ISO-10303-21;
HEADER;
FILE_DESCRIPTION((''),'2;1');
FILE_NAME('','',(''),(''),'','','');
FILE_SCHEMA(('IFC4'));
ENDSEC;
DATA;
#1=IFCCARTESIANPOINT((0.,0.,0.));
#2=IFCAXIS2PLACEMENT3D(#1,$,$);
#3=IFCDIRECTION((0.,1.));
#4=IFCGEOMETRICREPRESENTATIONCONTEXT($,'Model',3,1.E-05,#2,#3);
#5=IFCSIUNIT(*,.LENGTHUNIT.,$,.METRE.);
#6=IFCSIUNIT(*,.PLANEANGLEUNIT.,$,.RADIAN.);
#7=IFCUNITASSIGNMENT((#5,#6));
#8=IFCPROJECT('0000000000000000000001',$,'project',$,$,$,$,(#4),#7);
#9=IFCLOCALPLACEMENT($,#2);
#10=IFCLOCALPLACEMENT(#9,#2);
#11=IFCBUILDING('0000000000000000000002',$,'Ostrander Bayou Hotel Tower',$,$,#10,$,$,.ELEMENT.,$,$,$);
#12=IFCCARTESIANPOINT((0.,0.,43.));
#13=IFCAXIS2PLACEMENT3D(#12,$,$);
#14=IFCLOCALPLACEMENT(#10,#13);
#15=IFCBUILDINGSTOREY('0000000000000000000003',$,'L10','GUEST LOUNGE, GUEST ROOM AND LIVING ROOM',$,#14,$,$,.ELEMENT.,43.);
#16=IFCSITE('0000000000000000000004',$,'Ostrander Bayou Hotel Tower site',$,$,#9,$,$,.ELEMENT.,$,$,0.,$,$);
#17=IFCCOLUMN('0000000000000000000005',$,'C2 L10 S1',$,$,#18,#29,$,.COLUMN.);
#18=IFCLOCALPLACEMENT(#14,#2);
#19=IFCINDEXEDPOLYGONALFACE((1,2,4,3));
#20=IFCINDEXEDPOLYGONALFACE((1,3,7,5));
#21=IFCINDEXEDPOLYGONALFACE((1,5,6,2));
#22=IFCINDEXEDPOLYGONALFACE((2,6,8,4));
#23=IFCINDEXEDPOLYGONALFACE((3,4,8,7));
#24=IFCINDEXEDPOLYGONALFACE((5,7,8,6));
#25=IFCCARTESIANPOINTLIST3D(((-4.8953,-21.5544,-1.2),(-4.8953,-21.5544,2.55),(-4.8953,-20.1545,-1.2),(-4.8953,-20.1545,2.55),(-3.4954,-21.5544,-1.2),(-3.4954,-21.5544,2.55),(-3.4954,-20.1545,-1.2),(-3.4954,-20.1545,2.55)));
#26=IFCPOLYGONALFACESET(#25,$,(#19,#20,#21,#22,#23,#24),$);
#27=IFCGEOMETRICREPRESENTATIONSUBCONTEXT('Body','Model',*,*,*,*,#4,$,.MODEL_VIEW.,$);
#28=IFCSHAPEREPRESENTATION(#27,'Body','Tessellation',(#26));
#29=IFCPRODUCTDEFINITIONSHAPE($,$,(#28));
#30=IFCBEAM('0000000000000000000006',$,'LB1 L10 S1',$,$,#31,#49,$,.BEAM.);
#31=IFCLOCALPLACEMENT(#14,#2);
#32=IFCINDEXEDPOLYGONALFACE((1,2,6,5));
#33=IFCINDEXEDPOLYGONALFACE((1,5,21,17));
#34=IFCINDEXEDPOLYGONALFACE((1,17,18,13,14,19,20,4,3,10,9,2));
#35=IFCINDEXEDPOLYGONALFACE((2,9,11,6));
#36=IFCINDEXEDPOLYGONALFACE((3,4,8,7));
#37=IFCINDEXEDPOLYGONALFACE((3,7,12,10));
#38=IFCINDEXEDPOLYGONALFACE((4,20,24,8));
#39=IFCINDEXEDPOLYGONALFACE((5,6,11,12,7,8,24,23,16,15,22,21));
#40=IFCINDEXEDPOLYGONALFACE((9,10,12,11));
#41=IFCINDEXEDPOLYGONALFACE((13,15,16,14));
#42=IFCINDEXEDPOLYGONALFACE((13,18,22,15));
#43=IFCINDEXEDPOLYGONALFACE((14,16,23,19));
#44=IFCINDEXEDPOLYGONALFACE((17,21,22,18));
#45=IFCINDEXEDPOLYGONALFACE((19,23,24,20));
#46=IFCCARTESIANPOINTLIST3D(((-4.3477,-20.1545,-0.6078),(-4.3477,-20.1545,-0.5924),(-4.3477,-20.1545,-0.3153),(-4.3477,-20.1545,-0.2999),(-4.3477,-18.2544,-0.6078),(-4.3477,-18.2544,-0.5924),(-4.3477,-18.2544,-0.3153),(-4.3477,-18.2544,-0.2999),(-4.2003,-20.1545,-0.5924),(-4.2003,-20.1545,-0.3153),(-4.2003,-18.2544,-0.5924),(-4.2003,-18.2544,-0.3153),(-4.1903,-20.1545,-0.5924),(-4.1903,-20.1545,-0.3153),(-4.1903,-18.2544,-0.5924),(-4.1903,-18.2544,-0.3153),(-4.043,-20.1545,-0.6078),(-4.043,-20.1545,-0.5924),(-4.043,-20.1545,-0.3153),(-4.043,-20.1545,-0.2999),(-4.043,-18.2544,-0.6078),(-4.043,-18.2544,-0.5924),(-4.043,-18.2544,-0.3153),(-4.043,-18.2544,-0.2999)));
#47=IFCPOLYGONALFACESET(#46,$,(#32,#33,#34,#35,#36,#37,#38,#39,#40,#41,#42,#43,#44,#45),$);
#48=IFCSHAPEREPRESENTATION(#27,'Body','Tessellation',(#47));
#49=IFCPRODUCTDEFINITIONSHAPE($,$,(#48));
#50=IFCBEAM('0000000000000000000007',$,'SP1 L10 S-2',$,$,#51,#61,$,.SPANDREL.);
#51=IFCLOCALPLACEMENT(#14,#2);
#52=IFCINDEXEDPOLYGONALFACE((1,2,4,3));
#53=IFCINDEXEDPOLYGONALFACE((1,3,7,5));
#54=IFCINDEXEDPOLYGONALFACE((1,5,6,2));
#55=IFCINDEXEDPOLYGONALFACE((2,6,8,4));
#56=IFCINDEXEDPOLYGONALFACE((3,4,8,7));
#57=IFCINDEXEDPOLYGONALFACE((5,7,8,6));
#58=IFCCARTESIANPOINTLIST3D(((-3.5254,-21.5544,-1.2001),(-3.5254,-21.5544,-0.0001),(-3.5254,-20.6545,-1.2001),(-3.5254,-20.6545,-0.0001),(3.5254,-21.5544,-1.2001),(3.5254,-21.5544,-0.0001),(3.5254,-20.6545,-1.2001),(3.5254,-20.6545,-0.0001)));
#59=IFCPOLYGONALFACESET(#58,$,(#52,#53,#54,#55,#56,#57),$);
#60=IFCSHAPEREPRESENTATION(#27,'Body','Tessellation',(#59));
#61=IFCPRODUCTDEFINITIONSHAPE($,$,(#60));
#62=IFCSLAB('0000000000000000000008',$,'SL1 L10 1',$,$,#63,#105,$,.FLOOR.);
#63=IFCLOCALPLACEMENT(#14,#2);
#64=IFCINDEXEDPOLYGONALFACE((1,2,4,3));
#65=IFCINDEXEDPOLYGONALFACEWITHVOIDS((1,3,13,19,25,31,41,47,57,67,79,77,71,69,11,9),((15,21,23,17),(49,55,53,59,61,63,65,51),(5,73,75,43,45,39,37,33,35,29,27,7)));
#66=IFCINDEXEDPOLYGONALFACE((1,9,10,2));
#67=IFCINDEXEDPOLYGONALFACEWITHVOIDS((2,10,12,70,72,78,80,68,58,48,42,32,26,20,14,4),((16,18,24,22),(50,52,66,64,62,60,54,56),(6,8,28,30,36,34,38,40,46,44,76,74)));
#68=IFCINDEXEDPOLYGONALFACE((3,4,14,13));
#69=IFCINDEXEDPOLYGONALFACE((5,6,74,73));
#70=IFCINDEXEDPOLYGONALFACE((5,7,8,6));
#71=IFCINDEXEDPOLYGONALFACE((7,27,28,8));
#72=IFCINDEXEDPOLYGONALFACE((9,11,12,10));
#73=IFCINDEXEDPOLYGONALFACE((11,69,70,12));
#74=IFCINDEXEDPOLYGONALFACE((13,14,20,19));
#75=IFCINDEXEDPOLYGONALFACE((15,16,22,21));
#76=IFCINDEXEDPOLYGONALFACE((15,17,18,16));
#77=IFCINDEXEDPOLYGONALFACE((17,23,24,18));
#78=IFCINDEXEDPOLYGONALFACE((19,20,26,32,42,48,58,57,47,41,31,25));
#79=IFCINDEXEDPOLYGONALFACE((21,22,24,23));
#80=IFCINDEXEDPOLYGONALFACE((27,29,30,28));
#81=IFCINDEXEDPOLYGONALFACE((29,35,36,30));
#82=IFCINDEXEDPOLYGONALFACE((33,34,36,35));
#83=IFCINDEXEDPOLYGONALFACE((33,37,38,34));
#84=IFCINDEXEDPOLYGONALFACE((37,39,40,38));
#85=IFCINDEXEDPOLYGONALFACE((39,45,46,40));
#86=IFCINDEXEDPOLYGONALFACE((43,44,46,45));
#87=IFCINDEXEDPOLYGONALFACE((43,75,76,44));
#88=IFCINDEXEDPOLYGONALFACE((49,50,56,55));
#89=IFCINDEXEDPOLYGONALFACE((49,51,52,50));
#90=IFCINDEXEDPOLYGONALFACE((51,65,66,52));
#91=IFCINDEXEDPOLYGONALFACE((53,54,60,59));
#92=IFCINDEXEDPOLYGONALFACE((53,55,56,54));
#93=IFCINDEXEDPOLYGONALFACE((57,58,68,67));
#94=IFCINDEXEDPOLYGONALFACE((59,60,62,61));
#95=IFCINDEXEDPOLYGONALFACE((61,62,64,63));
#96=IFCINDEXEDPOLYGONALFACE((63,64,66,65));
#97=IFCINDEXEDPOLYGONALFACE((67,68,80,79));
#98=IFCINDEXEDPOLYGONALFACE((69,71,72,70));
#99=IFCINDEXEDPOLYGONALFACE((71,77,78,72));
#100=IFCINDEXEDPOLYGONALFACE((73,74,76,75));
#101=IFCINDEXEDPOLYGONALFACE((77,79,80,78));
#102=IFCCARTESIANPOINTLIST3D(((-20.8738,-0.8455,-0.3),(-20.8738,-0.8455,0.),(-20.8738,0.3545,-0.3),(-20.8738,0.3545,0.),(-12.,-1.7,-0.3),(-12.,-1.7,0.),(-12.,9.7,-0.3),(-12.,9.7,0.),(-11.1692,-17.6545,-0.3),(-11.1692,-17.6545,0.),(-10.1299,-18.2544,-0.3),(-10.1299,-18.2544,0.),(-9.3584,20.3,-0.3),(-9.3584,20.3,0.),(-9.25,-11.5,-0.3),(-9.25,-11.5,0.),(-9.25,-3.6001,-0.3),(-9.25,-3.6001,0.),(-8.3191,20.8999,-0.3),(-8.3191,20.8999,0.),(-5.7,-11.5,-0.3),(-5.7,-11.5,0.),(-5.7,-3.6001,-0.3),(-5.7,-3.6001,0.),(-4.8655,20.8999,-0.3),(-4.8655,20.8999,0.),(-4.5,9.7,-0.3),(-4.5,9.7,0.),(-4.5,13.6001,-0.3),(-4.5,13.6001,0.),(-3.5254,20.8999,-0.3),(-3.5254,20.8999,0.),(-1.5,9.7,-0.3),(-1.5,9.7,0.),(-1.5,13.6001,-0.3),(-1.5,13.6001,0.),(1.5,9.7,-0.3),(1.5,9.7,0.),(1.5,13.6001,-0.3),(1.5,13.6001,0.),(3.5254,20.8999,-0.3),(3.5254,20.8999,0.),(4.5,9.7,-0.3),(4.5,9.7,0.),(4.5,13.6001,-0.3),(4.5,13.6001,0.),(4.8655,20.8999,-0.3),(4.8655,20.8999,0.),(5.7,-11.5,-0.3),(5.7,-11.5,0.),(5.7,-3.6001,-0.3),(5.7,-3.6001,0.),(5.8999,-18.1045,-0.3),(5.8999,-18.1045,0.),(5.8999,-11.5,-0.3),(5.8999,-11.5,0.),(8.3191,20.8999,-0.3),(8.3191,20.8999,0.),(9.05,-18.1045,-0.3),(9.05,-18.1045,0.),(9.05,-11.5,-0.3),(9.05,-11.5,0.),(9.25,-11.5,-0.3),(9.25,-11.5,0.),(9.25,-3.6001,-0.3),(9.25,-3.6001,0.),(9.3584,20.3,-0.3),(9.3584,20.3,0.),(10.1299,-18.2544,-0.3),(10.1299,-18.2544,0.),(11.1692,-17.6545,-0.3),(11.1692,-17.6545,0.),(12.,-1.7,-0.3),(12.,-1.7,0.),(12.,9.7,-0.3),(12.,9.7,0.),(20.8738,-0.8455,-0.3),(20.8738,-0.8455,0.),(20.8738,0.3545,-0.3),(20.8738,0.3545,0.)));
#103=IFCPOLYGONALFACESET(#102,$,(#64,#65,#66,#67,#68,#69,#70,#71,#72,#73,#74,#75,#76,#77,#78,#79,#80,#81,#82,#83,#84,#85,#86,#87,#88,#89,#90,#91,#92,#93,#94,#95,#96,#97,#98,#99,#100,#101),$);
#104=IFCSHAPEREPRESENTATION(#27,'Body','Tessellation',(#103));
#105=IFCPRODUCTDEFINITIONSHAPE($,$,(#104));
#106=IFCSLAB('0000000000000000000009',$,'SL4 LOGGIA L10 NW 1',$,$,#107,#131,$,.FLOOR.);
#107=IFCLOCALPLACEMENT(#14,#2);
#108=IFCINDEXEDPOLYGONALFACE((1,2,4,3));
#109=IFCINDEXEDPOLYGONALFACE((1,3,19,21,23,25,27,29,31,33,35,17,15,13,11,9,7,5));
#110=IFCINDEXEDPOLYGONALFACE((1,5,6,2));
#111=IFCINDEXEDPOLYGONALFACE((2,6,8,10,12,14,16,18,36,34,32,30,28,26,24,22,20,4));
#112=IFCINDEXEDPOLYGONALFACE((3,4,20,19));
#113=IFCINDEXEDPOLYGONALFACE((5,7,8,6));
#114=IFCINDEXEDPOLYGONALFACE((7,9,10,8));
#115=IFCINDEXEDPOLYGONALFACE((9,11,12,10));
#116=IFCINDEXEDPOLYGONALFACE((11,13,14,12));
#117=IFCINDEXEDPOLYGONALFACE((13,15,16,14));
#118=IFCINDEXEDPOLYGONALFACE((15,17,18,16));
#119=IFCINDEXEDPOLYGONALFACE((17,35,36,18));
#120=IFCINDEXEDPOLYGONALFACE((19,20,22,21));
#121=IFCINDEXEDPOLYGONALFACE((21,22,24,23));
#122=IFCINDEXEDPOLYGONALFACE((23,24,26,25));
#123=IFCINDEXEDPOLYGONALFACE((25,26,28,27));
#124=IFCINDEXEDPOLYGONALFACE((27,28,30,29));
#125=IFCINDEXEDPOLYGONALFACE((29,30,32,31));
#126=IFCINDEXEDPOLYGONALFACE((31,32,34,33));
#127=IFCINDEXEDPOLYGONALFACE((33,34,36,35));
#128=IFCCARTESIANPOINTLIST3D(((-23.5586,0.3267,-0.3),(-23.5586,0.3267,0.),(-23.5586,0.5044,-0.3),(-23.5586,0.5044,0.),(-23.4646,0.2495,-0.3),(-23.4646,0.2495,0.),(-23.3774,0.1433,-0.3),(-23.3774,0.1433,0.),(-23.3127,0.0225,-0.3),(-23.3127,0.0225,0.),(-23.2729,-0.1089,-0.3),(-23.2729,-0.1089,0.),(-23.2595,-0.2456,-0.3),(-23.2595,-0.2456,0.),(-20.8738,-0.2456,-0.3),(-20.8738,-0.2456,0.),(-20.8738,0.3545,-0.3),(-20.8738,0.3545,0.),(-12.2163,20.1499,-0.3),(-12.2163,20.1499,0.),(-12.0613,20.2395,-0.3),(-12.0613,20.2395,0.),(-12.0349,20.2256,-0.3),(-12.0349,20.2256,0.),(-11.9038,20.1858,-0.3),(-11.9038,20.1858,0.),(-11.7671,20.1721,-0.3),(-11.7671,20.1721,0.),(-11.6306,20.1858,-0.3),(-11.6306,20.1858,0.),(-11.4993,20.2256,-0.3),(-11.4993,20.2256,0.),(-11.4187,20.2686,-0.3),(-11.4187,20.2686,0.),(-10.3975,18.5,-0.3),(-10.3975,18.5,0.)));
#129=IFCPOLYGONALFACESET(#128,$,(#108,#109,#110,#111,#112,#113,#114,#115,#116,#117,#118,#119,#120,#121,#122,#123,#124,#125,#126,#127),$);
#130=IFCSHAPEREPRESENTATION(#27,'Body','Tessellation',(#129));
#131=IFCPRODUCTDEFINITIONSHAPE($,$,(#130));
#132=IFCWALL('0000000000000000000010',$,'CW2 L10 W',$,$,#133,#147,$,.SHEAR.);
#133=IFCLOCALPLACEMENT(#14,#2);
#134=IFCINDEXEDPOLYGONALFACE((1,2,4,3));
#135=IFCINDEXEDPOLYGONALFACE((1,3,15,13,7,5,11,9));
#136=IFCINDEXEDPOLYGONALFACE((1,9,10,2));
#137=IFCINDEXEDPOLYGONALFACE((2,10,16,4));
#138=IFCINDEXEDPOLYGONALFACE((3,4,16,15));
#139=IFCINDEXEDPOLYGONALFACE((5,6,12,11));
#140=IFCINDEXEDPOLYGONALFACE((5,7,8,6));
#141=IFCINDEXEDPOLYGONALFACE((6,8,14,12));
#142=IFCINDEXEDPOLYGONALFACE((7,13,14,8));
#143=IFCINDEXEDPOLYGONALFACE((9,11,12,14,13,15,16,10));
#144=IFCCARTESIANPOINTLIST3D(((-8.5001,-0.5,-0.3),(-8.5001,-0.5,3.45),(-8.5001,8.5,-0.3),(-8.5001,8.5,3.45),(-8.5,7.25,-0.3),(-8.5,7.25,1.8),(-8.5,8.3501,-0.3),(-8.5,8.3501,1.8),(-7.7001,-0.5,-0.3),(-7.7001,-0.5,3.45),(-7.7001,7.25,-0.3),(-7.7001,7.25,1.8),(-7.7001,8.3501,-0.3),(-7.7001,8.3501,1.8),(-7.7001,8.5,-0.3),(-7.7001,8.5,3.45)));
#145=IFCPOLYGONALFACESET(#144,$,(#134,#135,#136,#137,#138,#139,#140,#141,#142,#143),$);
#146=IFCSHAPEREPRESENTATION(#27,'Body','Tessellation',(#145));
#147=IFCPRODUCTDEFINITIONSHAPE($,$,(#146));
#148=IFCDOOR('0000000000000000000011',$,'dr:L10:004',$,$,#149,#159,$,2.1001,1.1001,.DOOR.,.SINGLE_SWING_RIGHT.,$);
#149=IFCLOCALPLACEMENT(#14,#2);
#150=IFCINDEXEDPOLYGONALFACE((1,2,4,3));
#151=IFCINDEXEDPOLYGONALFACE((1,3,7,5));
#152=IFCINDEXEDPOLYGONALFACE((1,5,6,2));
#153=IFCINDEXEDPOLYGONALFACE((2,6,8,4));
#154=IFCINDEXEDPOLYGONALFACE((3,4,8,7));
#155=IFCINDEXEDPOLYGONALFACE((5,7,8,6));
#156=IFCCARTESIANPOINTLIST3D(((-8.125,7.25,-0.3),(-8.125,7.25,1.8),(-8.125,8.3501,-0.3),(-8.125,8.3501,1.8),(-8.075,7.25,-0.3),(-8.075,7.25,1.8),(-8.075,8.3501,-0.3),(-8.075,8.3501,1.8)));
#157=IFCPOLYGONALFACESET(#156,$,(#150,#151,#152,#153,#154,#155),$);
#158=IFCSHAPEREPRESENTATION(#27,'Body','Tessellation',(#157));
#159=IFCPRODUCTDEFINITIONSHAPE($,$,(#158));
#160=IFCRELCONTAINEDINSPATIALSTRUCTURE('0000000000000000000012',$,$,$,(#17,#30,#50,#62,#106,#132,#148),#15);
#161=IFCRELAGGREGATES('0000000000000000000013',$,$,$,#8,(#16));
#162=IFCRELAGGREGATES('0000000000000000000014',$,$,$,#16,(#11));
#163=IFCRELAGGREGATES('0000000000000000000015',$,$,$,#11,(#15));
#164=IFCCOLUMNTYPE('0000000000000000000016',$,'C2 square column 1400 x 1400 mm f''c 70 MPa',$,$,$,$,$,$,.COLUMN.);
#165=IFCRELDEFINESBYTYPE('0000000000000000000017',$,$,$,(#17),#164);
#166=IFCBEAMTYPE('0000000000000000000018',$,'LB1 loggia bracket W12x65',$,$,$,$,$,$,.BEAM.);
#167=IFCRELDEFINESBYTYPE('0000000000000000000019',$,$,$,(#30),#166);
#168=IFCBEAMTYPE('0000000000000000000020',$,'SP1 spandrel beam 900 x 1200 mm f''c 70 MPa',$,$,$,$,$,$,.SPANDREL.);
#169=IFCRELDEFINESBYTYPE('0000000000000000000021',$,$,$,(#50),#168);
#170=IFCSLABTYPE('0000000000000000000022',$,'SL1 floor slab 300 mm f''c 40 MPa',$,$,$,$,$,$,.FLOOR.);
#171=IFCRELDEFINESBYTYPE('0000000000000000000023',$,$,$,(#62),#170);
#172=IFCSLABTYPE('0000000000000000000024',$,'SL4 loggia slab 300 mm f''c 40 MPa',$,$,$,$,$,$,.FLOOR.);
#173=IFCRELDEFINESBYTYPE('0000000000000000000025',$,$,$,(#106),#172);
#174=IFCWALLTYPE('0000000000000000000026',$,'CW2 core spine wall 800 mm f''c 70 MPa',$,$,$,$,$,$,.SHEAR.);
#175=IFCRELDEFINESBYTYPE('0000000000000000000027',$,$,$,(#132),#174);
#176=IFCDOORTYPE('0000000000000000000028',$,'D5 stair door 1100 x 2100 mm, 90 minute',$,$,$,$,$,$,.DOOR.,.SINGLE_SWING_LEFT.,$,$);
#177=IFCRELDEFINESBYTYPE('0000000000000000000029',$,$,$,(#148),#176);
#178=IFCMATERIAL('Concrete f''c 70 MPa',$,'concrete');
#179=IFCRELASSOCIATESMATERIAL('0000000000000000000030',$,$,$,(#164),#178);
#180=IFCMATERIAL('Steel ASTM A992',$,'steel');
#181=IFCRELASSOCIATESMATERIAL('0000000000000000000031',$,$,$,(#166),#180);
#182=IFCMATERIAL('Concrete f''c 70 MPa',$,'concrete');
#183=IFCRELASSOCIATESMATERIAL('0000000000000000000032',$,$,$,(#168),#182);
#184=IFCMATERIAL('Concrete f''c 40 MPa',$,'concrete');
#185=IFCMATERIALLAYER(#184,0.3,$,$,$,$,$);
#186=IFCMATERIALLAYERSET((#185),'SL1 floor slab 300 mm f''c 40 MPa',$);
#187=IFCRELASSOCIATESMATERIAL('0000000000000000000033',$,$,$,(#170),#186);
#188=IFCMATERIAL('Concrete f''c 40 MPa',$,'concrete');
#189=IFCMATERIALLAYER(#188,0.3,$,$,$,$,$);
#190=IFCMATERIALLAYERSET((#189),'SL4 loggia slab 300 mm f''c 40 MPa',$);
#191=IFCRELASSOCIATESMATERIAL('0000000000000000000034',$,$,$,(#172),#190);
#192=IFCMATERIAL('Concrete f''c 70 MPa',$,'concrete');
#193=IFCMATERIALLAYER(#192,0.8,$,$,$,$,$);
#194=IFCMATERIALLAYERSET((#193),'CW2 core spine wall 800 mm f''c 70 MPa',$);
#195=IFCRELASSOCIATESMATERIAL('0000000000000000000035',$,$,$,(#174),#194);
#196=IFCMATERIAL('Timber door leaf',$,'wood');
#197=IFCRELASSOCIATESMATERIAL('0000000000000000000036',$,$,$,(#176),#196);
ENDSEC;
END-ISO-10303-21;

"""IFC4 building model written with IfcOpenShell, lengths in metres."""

from ifc_helpers import new_model, si_unit, direction, frame, frame_2d, origin, origin_2d, place, context, subcontext, project, spatial, polyline, rectangle, i_section, outline, extrude, material, layer, layer_set, material_profile, profile_set, type_object, element, fill, save


model = new_model("IFC4")

# Units and contexts
model_context = context("Model", 3, precision=1e-05, world=origin(), true_north=direction((0.0, 1.0)))
body_context = subcontext(model_context, "Body", "Model", "MODEL_VIEW")
ifc_project = project(units=[si_unit("LENGTHUNIT", "METRE"), si_unit("PLANEANGLEUNIT", "RADIAN")], contexts=[model_context])

# Site, building, storey
site_placement = place(None, origin())
site = spatial("IfcSite", under=ifc_project, at=site_placement, Name="Ostrander Bayou Hotel Tower site", CompositionType="ELEMENT", RefElevation=0.0)
building_placement = place(site_placement, origin())
building = spatial("IfcBuilding", under=site, at=building_placement, Name="Ostrander Bayou Hotel Tower", CompositionType="ELEMENT")
storey_placement = place(building_placement, frame((0.0, 0.0, 43.0)))
storey = spatial("IfcBuildingStorey", under=building, at=storey_placement, Name="L10", Description="GUEST LOUNGE, GUEST ROOM AND LIVING ROOM", CompositionType="ELEMENT", Elevation=43.0)

# Column
ifc_material_1 = material(Name="Concrete f'c 70 MPa", Category="concrete")
ifc_material_profile_1 = material_profile(ifc_material_1, rectangle(XDim=1.3999, YDim=1.3999, at=origin_2d()))
ifc_profile_set_1 = profile_set([ifc_material_profile_1], Name="Concrete f'c 70 MPa")
column_type = type_object("IfcColumnType", Name="C2 square column 1400 x 1400 mm f'c 70 MPa", PredefinedType="COLUMN", material=ifc_profile_set_1)
column_placement = place(storey_placement, frame((-4.1953, -20.8545, -1.2), z_axis=(0.0, 0.0, 1.0), x_axis=(-1.0, 0.0, 0.0)))
element("IfcColumn", 1, at=column_placement, inside=storey, type_object=column_type, Name="C2 L10 S1", PredefinedType="COLUMN", context=body_context, shape_type="SweptSolid", body=[
    extrude(rectangle(XDim=1.3999, YDim=1.3999, at=origin_2d()), origin(), (0.0, 0.0, 1.0), 3.75),
])

# Beams
ifc_material_2 = material(Name="Steel ASTM A992", Category="steel")
ifc_material_profile_2 = material_profile(ifc_material_2, i_section(OverallWidth=0.3047, OverallDepth=0.3079, WebThickness=0.01, FlangeThickness=0.0154, at=origin_2d()))
ifc_profile_set_2 = profile_set([ifc_material_profile_2], Name="Steel ASTM A992")
beam_type_1 = type_object("IfcBeamType", Name="LB1 loggia bracket W12x65", PredefinedType="BEAM", material=ifc_profile_set_2)
beam_1_placement = place(storey_placement, frame((-4.1953, -20.1545, -0.4539), z_axis=(0.0, 1.0, 0.0), x_axis=(-1.0, 0.0, 0.0)))
element("IfcBeam", 2, at=beam_1_placement, inside=storey, type_object=beam_type_1, Name="LB1 L10 S1", PredefinedType="BEAM", context=body_context, shape_type="SweptSolid", body=[
    extrude(i_section(OverallWidth=0.3047, OverallDepth=0.3079, WebThickness=0.01, FlangeThickness=0.0154, at=origin_2d()), origin(), (0.0, 0.0, 1.0), 1.9001),
])
ifc_material_3 = material(Name="Concrete f'c 70 MPa", Category="concrete")
ifc_material_profile_3 = material_profile(ifc_material_3, rectangle(XDim=0.8999, YDim=1.2, at=origin_2d()))
ifc_profile_set_3 = profile_set([ifc_material_profile_3], Name="Concrete f'c 70 MPa")
beam_type_2 = type_object("IfcBeamType", Name="SP1 spandrel beam 900 x 1200 mm f'c 70 MPa", PredefinedType="SPANDREL", material=ifc_profile_set_3)
beam_2_placement = place(storey_placement, frame((-3.5254, -21.1045, -0.6001), z_axis=(1.0, 0.0, 0.0), x_axis=(0.0, 1.0, 0.0)))
element("IfcBeam", 3, at=beam_2_placement, inside=storey, type_object=beam_type_2, Name="SP1 L10 S-2", PredefinedType="SPANDREL", context=body_context, shape_type="SweptSolid", body=[
    extrude(rectangle(XDim=0.8999, YDim=1.2, at=origin_2d()), origin(), (0.0, 0.0, 1.0), 7.0508),
])

# Slabs
ifc_material_4 = material(Name="Concrete f'c 40 MPa", Category="concrete")
ifc_layer_1 = layer(ifc_material_4, 0.3)
ifc_layer_set_1 = layer_set([ifc_layer_1], Name="SL1 floor slab 300 mm f'c 40 MPa")
slab_type_1 = type_object("IfcSlabType", Name="SL1 floor slab 300 mm f'c 40 MPa", PredefinedType="FLOOR", material=ifc_layer_set_1)
slab_1_placement = place(storey_placement, frame((0.0, 0.0, -0.3)))
element("IfcSlab", 4, at=slab_1_placement, inside=storey, type_object=slab_type_1, Name="SL1 L10 1", PredefinedType="FLOOR", context=body_context, shape_type="SweptSolid", body=[
    extrude(outline(polyline([(-3.5254, 20.8999), (3.5254, 20.8999), (4.8655, 20.8999), (8.3191, 20.8999), (9.3584, 20.3), (20.8738, 0.3545), (20.8738, -0.8455), (11.1692, -17.6545), (10.1299, -18.2544), (-10.1299, -18.2544), (-11.1692, -17.6545), (-20.8738, -0.8455), (-20.8738, 0.3545), (-9.3584, 20.3), (-8.3191, 20.8999), (-4.8655, 20.8999), (-3.5254, 20.8999)]), holes=[polyline([(-12.0, -1.7), (12.0, -1.7), (12.0, 9.7), (4.5, 9.7), (4.5, 13.6001), (1.5, 13.6001), (1.5, 9.7), (-1.5, 9.7), (-1.5, 13.6001), (-4.5, 13.6001), (-4.5, 9.7), (-12.0, 9.7), (-12.0, -1.7)]), polyline([(9.05, -11.5), (9.25, -11.5), (9.25, -3.6001), (5.7, -3.6001), (5.7, -11.5), (5.8999, -11.5), (5.8999, -18.1045), (9.05, -18.1045), (9.05, -11.5)]), polyline([(-5.7, -3.6001), (-9.25, -3.6001), (-9.25, -11.5), (-5.7, -11.5), (-5.7, -3.6001)])]), origin(), (0.0, 0.0, 1.0), 0.3),
])
ifc_material_5 = material(Name="Concrete f'c 40 MPa", Category="concrete")
ifc_layer_2 = layer(ifc_material_5, 0.3)
ifc_layer_set_2 = layer_set([ifc_layer_2], Name="SL4 loggia slab 300 mm f'c 40 MPa")
slab_type_2 = type_object("IfcSlabType", Name="SL4 loggia slab 300 mm f'c 40 MPa", PredefinedType="FLOOR", material=ifc_layer_set_2)
slab_2_placement = place(storey_placement, frame((0.0, 0.0, -0.3)))
element("IfcSlab", 5, at=slab_2_placement, inside=storey, type_object=slab_type_2, Name="SL4 LOGGIA L10 NW 1", PredefinedType="FLOOR", context=body_context, shape_type="SweptSolid", body=[
    extrude(outline(polyline([(-23.2595, -0.2456), (-23.2729, -0.1089), (-23.3127, 0.0225), (-23.3774, 0.1433), (-23.4646, 0.2495), (-23.5586, 0.3267), (-23.5586, 0.5044), (-12.2163, 20.1499), (-12.0613, 20.2395), (-12.0349, 20.2256), (-11.9038, 20.1858), (-11.7671, 20.1721), (-11.6306, 20.1858), (-11.4993, 20.2256), (-11.4187, 20.2686), (-10.3975, 18.5), (-20.8738, 0.3545), (-20.8738, -0.2456), (-23.2595, -0.2456)])), origin(), (0.0, 0.0, 1.0), 0.3),
])

# Wall, opening, door
ifc_material_6 = material(Name="Concrete f'c 70 MPa", Category="concrete")
ifc_layer_3 = layer(ifc_material_6, 0.8)
ifc_layer_set_3 = layer_set([ifc_layer_3], Name="CW2 core spine wall 800 mm f'c 70 MPa")
wall_type_1 = type_object("IfcWallType", Name="CW2 core spine wall 800 mm f'c 70 MPa", PredefinedType="SHEAR", material=ifc_layer_set_3)
wall_1_placement = place(storey_placement, frame((-8.1001, -0.5, -0.3), z_axis=(0.0, 0.0, 1.0), x_axis=(0.0, 1.0, 0.0)))
wall_1 = element("IfcWall", 6, at=wall_1_placement, inside=storey, type_object=wall_type_1, Name="CW2 L10 W", PredefinedType="SHEAR", context=body_context, shape_type="SweptSolid", body=[
    extrude(rectangle(XDim=9.0, YDim=0.8, at=frame_2d((4.5, 0.0))), origin(), (0.0, 0.0, 1.0), 3.75),
])
opening_1_placement = place(wall_1_placement, frame((7.75, 0.0, 0.0)))
opening_1 = element("IfcOpeningElement", 7, at=opening_1_placement, cuts=wall_1, PredefinedType="OPENING", context=body_context, shape_type="SweptSolid", body=[
    extrude(rectangle(XDim=1.1001, YDim=2.1001, at=frame_2d((0.55, 1.05))), frame((0.0, 0.3999, 0.0), z_axis=(0.0, -1.0, 0.0), x_axis=(1.0, 0.0, 0.0)), (0.0, 0.0, 1.0), 0.8),
])
ifc_material_7 = material(Name="Timber door leaf", Category="wood")
door_type_1 = type_object("IfcDoorType", Name="D5 stair door 1100 x 2100 mm, 90 minute", OperationType="SINGLE_SWING_LEFT", PredefinedType="DOOR", material=ifc_material_7)
door_1_placement = place(opening_1_placement, origin())
door_1 = element("IfcDoor", 8, at=door_1_placement, inside=storey, type_object=door_type_1, Name="dr:L10:004", OperationType="SINGLE_SWING_RIGHT", OverallHeight=2.1001, OverallWidth=1.1001, PredefinedType="DOOR", context=body_context, shape_type="SweptSolid", body=[
    extrude(rectangle(XDim=1.1001, YDim=2.1001, at=frame_2d((0.55, 1.05))), frame((0.0, 0.0249, 0.0), z_axis=(0.0, -1.0, 0.0), x_axis=(1.0, 0.0, 0.0)), (0.0, 0.0, 1.0), 0.05),
])
fill(opening_1, door_1)

save(model, "model.ifc")
